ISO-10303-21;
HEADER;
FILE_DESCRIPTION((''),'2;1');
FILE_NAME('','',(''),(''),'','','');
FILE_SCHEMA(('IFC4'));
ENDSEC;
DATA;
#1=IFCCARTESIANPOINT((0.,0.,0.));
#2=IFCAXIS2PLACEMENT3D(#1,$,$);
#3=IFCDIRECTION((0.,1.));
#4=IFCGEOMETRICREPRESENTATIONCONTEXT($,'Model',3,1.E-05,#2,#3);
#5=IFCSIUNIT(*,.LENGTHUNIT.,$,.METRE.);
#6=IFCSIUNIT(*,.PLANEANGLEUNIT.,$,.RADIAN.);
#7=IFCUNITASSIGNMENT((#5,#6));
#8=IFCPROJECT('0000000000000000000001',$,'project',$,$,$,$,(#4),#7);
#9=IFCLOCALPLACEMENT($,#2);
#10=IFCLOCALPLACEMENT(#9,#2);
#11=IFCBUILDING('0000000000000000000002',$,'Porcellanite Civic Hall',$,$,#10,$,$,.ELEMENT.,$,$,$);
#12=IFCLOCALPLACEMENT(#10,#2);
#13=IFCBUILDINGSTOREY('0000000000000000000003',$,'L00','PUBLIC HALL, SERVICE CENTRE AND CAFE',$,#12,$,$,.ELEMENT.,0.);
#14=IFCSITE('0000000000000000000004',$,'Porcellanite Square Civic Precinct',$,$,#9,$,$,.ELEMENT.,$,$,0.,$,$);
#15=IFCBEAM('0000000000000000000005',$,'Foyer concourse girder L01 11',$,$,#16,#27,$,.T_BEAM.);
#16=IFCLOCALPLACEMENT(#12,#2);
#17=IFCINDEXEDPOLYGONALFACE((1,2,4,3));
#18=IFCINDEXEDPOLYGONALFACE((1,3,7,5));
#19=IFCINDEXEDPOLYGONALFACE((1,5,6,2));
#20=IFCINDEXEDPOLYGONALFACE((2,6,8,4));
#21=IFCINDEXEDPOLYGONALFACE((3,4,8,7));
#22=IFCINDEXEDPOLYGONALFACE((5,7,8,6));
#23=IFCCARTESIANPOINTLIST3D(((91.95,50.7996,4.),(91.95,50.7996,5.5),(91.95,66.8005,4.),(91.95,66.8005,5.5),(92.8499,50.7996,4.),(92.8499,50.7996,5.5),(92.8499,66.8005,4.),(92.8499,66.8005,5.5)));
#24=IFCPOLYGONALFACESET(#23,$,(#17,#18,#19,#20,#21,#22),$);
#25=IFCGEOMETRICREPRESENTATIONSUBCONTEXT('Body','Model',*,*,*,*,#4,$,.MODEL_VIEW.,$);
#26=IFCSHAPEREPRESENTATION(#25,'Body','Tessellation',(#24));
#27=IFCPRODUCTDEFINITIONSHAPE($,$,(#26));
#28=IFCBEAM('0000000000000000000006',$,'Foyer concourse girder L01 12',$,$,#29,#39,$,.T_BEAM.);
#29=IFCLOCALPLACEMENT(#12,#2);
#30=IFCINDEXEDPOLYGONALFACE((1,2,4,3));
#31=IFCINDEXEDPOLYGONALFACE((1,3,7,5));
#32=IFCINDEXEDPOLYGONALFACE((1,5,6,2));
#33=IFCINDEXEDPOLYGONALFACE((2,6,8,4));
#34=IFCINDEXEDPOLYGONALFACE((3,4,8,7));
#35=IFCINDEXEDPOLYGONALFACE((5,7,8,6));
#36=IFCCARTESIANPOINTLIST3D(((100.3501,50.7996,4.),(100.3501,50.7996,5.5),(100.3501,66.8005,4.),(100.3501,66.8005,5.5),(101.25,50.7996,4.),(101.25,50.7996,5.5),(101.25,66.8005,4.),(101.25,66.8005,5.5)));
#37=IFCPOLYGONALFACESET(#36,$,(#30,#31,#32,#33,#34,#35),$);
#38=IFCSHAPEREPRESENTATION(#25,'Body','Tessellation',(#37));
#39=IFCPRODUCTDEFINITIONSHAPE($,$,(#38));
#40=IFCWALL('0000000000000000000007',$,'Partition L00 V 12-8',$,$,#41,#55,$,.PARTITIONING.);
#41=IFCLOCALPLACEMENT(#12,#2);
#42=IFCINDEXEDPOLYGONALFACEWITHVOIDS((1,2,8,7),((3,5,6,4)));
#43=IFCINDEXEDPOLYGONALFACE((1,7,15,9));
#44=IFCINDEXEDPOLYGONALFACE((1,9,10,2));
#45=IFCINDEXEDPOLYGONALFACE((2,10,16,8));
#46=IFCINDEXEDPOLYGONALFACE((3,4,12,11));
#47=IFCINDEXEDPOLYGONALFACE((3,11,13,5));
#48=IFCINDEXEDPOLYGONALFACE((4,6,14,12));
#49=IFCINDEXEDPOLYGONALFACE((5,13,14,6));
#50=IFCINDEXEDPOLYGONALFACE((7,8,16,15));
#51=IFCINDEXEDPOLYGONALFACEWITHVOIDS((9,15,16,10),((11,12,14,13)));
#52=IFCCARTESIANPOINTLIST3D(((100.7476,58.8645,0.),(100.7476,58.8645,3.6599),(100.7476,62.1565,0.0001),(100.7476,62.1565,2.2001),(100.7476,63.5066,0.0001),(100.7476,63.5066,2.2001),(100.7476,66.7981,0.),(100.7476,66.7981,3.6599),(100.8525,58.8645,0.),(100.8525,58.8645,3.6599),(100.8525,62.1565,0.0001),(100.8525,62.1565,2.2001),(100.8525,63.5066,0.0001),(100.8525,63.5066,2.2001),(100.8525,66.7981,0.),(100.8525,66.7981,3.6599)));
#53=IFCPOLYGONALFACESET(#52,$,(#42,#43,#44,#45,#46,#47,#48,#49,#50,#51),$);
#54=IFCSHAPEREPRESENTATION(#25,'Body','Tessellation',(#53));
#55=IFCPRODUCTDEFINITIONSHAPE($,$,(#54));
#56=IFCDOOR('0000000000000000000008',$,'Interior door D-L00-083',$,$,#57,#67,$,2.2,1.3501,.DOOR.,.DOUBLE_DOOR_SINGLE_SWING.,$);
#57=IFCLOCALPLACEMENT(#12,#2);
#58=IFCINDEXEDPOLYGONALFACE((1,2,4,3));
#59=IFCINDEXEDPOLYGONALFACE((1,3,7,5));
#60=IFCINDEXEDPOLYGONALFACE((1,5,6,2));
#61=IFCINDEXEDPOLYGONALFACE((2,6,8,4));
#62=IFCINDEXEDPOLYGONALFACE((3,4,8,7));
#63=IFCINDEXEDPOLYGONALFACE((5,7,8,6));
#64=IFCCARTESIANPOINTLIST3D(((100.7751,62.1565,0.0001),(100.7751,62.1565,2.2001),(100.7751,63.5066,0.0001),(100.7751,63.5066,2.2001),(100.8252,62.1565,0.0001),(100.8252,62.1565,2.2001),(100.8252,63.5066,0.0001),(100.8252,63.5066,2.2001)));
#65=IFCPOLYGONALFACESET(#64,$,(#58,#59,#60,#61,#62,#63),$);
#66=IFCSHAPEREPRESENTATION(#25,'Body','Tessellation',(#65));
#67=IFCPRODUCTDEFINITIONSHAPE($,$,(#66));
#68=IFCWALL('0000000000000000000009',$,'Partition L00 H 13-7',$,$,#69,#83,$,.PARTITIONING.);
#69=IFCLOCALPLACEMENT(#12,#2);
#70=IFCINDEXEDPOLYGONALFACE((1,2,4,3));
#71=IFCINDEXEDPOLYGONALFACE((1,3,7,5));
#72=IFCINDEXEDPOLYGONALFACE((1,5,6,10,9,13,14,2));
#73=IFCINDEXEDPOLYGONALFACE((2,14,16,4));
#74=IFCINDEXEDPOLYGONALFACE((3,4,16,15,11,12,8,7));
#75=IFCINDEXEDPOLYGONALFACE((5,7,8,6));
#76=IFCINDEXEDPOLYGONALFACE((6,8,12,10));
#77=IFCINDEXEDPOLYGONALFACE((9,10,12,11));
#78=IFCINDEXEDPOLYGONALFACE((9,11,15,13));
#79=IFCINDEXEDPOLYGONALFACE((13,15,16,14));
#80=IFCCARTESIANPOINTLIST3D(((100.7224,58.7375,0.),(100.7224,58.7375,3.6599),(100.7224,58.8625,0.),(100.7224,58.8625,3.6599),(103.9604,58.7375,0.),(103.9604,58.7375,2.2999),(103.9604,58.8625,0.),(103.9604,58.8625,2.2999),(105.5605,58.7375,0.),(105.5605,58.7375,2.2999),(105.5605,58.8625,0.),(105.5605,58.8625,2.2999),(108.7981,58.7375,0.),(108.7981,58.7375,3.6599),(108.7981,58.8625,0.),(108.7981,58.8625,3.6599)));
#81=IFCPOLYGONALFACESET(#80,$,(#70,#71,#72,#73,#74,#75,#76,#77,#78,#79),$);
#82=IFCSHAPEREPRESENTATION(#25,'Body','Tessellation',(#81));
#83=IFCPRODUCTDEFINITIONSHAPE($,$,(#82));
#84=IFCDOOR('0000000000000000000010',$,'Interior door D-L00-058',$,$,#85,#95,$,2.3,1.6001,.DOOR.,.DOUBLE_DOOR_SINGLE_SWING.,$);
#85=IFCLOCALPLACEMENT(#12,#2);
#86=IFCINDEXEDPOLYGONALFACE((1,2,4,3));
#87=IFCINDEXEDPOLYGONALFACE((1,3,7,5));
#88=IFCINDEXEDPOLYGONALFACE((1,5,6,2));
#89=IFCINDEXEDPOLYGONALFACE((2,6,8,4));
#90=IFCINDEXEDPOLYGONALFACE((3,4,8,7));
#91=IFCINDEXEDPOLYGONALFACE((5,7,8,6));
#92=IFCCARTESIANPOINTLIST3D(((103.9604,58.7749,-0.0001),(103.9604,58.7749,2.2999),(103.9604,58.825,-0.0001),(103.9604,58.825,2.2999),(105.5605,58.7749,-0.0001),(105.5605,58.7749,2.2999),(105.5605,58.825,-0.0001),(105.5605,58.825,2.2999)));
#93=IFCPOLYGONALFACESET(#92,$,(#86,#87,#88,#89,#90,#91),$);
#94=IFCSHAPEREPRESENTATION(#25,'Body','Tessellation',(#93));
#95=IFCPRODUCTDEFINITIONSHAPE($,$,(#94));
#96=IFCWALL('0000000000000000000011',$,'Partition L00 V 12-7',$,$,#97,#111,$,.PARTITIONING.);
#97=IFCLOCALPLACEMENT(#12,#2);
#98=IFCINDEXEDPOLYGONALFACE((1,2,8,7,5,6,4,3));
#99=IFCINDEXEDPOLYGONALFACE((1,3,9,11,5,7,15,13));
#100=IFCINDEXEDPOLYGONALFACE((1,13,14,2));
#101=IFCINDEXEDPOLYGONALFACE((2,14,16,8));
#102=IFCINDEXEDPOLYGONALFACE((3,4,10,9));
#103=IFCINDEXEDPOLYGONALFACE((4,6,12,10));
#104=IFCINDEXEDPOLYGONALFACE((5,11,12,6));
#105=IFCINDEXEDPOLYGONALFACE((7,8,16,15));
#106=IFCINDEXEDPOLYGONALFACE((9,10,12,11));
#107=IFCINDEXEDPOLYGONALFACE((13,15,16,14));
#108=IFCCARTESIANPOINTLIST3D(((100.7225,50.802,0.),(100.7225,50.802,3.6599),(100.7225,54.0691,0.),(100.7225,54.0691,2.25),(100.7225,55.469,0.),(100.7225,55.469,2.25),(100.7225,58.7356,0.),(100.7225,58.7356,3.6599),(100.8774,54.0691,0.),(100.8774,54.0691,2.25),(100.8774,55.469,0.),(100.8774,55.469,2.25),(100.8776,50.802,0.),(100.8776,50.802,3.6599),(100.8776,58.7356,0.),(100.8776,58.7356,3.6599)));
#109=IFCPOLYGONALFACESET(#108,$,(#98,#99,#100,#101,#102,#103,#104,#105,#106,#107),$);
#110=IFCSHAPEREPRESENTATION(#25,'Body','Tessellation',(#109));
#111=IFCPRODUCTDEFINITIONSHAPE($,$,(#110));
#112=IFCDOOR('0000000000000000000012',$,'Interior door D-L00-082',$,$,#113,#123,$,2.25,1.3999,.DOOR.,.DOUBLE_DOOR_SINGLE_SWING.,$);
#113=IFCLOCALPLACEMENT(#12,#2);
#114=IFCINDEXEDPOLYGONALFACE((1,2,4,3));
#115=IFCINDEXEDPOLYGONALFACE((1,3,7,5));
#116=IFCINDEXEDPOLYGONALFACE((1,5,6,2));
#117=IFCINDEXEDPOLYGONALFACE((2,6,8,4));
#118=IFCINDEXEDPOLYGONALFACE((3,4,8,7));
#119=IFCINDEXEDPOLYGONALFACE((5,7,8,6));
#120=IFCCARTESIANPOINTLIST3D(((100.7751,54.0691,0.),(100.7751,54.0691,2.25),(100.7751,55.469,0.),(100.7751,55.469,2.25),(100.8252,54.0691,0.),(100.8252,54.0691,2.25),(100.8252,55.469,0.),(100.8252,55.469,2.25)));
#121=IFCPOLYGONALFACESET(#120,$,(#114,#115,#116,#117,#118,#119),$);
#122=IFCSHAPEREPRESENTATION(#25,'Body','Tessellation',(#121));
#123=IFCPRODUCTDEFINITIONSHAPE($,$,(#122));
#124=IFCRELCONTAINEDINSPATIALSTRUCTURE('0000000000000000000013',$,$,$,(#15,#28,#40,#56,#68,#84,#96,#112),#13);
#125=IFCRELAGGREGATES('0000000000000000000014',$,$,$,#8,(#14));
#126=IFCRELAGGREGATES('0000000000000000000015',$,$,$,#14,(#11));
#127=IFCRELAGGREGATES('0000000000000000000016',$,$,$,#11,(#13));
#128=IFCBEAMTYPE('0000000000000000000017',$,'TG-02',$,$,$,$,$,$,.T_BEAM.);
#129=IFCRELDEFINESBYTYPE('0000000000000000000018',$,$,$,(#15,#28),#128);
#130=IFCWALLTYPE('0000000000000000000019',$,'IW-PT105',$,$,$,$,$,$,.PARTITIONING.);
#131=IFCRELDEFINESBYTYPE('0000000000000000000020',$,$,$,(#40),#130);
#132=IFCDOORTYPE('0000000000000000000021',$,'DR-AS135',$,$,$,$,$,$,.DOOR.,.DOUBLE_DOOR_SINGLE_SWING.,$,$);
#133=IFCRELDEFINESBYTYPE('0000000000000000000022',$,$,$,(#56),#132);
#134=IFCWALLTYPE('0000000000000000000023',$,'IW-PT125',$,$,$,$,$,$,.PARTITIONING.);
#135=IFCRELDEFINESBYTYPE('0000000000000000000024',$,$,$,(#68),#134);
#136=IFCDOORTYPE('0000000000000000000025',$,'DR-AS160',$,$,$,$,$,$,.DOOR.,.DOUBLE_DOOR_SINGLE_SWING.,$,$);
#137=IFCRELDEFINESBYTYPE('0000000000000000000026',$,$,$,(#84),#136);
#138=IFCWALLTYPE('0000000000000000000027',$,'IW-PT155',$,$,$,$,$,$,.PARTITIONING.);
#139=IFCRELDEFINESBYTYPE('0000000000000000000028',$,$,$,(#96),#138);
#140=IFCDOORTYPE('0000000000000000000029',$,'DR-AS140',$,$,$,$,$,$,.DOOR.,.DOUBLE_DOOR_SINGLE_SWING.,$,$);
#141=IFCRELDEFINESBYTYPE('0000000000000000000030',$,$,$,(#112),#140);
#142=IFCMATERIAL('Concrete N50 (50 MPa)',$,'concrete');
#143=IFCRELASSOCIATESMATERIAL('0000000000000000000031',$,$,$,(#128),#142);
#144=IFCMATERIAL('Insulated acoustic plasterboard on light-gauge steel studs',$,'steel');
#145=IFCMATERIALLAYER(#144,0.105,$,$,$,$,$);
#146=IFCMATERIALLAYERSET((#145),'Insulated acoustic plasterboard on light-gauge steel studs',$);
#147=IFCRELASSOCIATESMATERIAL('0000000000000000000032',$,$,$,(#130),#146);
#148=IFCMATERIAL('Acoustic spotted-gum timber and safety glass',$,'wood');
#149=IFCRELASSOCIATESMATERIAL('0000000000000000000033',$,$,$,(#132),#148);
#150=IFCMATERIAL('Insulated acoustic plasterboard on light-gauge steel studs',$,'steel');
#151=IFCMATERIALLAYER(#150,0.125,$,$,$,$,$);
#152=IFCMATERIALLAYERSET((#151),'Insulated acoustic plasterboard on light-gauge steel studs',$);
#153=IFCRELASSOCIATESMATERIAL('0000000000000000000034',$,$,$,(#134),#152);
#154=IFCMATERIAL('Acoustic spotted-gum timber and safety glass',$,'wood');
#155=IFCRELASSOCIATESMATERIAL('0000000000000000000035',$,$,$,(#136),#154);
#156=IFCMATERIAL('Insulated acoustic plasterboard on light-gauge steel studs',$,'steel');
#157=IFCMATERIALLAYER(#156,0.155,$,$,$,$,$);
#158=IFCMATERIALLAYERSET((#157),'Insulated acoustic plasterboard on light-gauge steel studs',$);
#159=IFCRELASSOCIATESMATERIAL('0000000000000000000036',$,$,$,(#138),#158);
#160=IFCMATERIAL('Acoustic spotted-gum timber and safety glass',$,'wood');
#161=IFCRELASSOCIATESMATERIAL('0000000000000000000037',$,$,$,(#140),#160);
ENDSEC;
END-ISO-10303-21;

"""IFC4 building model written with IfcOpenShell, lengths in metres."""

from ifc_helpers import new_model, si_unit, direction, frame, frame_2d, origin, origin_2d, place, context, subcontext, project, spatial, rectangle, extrude, material, layer, layer_set, material_profile, profile_set, type_object, element, fill, save


model = new_model("IFC4")

# Units and contexts
model_context = context("Model", 3, precision=1e-05, world=origin(), true_north=direction((0.0, 1.0)))
body_context = subcontext(model_context, "Body", "Model", "MODEL_VIEW")
ifc_project = project(units=[si_unit("LENGTHUNIT", "METRE"), si_unit("PLANEANGLEUNIT", "RADIAN")], contexts=[model_context])

# Site, building, storey
site_placement = place(None, origin())
site = spatial("IfcSite", under=ifc_project, at=site_placement, Name="Porcellanite Square Civic Precinct", CompositionType="ELEMENT", RefElevation=0.0)
building_placement = place(site_placement, origin())
building = spatial("IfcBuilding", under=site, at=building_placement, Name="Porcellanite Civic Hall", CompositionType="ELEMENT")
storey_placement = place(building_placement, origin())
storey = spatial("IfcBuildingStorey", under=building, at=storey_placement, Name="L00", Description="PUBLIC HALL, SERVICE CENTRE AND CAFE", CompositionType="ELEMENT", Elevation=0.0)

# Beams
ifc_material_1 = material(Name="Concrete N50 (50 MPa)", Category="concrete")
ifc_material_profile_1 = material_profile(ifc_material_1, rectangle(XDim=0.8999, YDim=1.5, at=origin_2d()), Name="RC-900x1500")
ifc_profile_set_1 = profile_set([ifc_material_profile_1], Name="Concrete N50 (50 MPa)")
beam_type_1 = type_object("IfcBeamType", Name="TG-02", PredefinedType="T_BEAM", material=ifc_profile_set_1)
for number, where, z_axis, x_axis, name in (
    (1, (92.3999, 50.7996, 4.75), (0.0, 1.0, 0.0), (-1.0, 0.0, 0.0), "Foyer concourse girder L01 11"),
    (2, (100.8, 50.7996, 4.75), (0.0, 1.0, 0.0), (-1.0, 0.0, 0.0), "Foyer concourse girder L01 12"),
):
    element("IfcBeam", number, at=place(storey_placement, frame(where, z_axis=z_axis, x_axis=x_axis)), inside=storey, type_object=beam_type_1, Name=name, PredefinedType="T_BEAM", context=body_context, shape_type="SweptSolid", body=[
        extrude(rectangle(XDim=0.8999, YDim=1.5, at=origin_2d()), origin(), (0.0, 0.0, 1.0), 16.001),
    ])

# Walls, openings, doors
ifc_material_2 = material(Name="Insulated acoustic plasterboard on light-gauge steel studs", Category="steel")
ifc_layer_1 = layer(ifc_material_2, 0.105)
ifc_layer_set_1 = layer_set([ifc_layer_1], Name="Insulated acoustic plasterboard on light-gauge steel studs")
wall_type_1 = type_object("IfcWallType", Name="IW-PT105", PredefinedType="PARTITIONING", material=ifc_layer_set_1)
wall_1_placement = place(storey_placement, frame((100.8, 58.8645, 0.0), z_axis=(0.0, 0.0, 1.0), x_axis=(0.0, 1.0, 0.0)))
wall_1 = element("IfcWall", 3, at=wall_1_placement, inside=storey, type_object=wall_type_1, Name="Partition L00 V 12-8", PredefinedType="PARTITIONING", context=body_context, shape_type="SweptSolid", body=[
    extrude(rectangle(XDim=7.9336, YDim=0.105, at=frame_2d((3.9668, 0.0))), origin(), (0.0, 0.0, 1.0), 3.6599),
])
opening_1_placement = place(wall_1_placement, frame((3.292, 0.0, 0.0)))
opening_1 = element("IfcOpeningElement", 4, at=opening_1_placement, cuts=wall_1, PredefinedType="OPENING", context=body_context, shape_type="SweptSolid", body=[
    extrude(rectangle(XDim=1.3501, YDim=2.2, at=frame_2d((0.675, 1.1001))), frame((0.0, 0.0525, 0.0), z_axis=(0.0, -1.0, 0.0), x_axis=(1.0, 0.0, 0.0)), (0.0, 0.0, 1.0), 0.105),
])
ifc_material_3 = material(Name="Acoustic spotted-gum timber and safety glass", Category="wood")
door_type_1 = type_object("IfcDoorType", Name="DR-AS135", OperationType="DOUBLE_DOOR_SINGLE_SWING", PredefinedType="DOOR", material=ifc_material_3)
door_1_placement = place(opening_1_placement, origin())
door_1 = element("IfcDoor", 5, at=door_1_placement, inside=storey, type_object=door_type_1, Name="Interior door D-L00-083", OperationType="DOUBLE_DOOR_SINGLE_SWING", OverallHeight=2.2, OverallWidth=1.3501, PredefinedType="DOOR", context=body_context, shape_type="SweptSolid", body=[
    extrude(rectangle(XDim=1.3501, YDim=2.2, at=frame_2d((0.675, 1.1001))), frame((0.0, 0.0249, 0.0), z_axis=(0.0, -1.0, 0.0), x_axis=(1.0, 0.0, 0.0)), (0.0, 0.0, 1.0), 0.05),
])
fill(opening_1, door_1)
ifc_material_4 = material(Name="Insulated acoustic plasterboard on light-gauge steel studs", Category="steel")
ifc_layer_2 = layer(ifc_material_4, 0.125)
ifc_layer_set_2 = layer_set([ifc_layer_2], Name="Insulated acoustic plasterboard on light-gauge steel studs")
wall_type_2 = type_object("IfcWallType", Name="IW-PT125", PredefinedType="PARTITIONING", material=ifc_layer_set_2)
wall_2_placement = place(storey_placement, frame((100.7224, 58.8, 0.0), z_axis=(0.0, 0.0, 1.0), x_axis=(1.0, 0.0, 0.0)))
wall_2 = element("IfcWall", 6, at=wall_2_placement, inside=storey, type_object=wall_type_2, Name="Partition L00 H 13-7", PredefinedType="PARTITIONING", context=body_context, shape_type="SweptSolid", body=[
    extrude(rectangle(XDim=8.0757, YDim=0.125, at=frame_2d((4.0378, 0.0))), origin(), (0.0, 0.0, 1.0), 3.6599),
])
opening_2_placement = place(wall_2_placement, frame((3.238, 0.0, 0.0)))
opening_2 = element("IfcOpeningElement", 7, at=opening_2_placement, cuts=wall_2, PredefinedType="OPENING", context=body_context, shape_type="SweptSolid", body=[
    extrude(rectangle(XDim=1.6001, YDim=2.3, at=frame_2d((0.8, 1.1499))), frame((0.0, 0.0625, 0.0), z_axis=(0.0, -1.0, 0.0), x_axis=(1.0, 0.0, 0.0)), (0.0, 0.0, 1.0), 0.125),
])
ifc_material_5 = material(Name="Acoustic spotted-gum timber and safety glass", Category="wood")
door_type_2 = type_object("IfcDoorType", Name="DR-AS160", OperationType="DOUBLE_DOOR_SINGLE_SWING", PredefinedType="DOOR", material=ifc_material_5)
door_2_placement = place(opening_2_placement, origin())
door_2 = element("IfcDoor", 8, at=door_2_placement, inside=storey, type_object=door_type_2, Name="Interior door D-L00-058", OperationType="DOUBLE_DOOR_SINGLE_SWING", OverallHeight=2.3, OverallWidth=1.6001, PredefinedType="DOOR", context=body_context, shape_type="SweptSolid", body=[
    extrude(rectangle(XDim=1.6001, YDim=2.3, at=frame_2d((0.8, 1.1499))), frame((0.0, 0.0249, 0.0), z_axis=(0.0, -1.0, 0.0), x_axis=(1.0, 0.0, 0.0)), (0.0, 0.0, 1.0), 0.05),
])
fill(opening_2, door_2)
ifc_material_6 = material(Name="Insulated acoustic plasterboard on light-gauge steel studs", Category="steel")
ifc_layer_3 = layer(ifc_material_6, 0.155)
ifc_layer_set_3 = layer_set([ifc_layer_3], Name="Insulated acoustic plasterboard on light-gauge steel studs")
wall_type_3 = type_object("IfcWallType", Name="IW-PT155", PredefinedType="PARTITIONING", material=ifc_layer_set_3)
wall_3_placement = place(storey_placement, frame((100.8, 50.802, 0.0), z_axis=(0.0, 0.0, 1.0), x_axis=(0.0, 1.0, 0.0)))
wall_3 = element("IfcWall", 9, at=wall_3_placement, inside=storey, type_object=wall_type_3, Name="Partition L00 V 12-7", PredefinedType="PARTITIONING", context=body_context, shape_type="SweptSolid", body=[
    extrude(rectangle(XDim=7.9336, YDim=0.155, at=frame_2d((3.9668, 0.0))), origin(), (0.0, 0.0, 1.0), 3.6599),
])
opening_3_placement = place(wall_3_placement, frame((3.2671, 0.0, 0.0)))
opening_3 = element("IfcOpeningElement", 10, at=opening_3_placement, cuts=wall_3, PredefinedType="OPENING", context=body_context, shape_type="SweptSolid", body=[
    extrude(rectangle(XDim=1.3999, YDim=2.25, at=frame_2d((0.7, 1.125))), frame((0.0, 0.0776, 0.0), z_axis=(0.0, -1.0, 0.0), x_axis=(1.0, 0.0, 0.0)), (0.0, 0.0, 1.0), 0.155),
])
ifc_material_7 = material(Name="Acoustic spotted-gum timber and safety glass", Category="wood")
door_type_3 = type_object("IfcDoorType", Name="DR-AS140", OperationType="DOUBLE_DOOR_SINGLE_SWING", PredefinedType="DOOR", material=ifc_material_7)
door_3_placement = place(opening_3_placement, origin())
door_3 = element("IfcDoor", 11, at=door_3_placement, inside=storey, type_object=door_type_3, Name="Interior door D-L00-082", OperationType="DOUBLE_DOOR_SINGLE_SWING", OverallHeight=2.25, OverallWidth=1.3999, PredefinedType="DOOR", context=body_context, shape_type="SweptSolid", body=[
    extrude(rectangle(XDim=1.3999, YDim=2.25, at=frame_2d((0.7, 1.125))), frame((0.0, 0.0249, 0.0), z_axis=(0.0, -1.0, 0.0), x_axis=(1.0, 0.0, 0.0)), (0.0, 0.0, 1.0), 0.05),
])
fill(opening_3, door_3)

save(model, "model.ifc")
